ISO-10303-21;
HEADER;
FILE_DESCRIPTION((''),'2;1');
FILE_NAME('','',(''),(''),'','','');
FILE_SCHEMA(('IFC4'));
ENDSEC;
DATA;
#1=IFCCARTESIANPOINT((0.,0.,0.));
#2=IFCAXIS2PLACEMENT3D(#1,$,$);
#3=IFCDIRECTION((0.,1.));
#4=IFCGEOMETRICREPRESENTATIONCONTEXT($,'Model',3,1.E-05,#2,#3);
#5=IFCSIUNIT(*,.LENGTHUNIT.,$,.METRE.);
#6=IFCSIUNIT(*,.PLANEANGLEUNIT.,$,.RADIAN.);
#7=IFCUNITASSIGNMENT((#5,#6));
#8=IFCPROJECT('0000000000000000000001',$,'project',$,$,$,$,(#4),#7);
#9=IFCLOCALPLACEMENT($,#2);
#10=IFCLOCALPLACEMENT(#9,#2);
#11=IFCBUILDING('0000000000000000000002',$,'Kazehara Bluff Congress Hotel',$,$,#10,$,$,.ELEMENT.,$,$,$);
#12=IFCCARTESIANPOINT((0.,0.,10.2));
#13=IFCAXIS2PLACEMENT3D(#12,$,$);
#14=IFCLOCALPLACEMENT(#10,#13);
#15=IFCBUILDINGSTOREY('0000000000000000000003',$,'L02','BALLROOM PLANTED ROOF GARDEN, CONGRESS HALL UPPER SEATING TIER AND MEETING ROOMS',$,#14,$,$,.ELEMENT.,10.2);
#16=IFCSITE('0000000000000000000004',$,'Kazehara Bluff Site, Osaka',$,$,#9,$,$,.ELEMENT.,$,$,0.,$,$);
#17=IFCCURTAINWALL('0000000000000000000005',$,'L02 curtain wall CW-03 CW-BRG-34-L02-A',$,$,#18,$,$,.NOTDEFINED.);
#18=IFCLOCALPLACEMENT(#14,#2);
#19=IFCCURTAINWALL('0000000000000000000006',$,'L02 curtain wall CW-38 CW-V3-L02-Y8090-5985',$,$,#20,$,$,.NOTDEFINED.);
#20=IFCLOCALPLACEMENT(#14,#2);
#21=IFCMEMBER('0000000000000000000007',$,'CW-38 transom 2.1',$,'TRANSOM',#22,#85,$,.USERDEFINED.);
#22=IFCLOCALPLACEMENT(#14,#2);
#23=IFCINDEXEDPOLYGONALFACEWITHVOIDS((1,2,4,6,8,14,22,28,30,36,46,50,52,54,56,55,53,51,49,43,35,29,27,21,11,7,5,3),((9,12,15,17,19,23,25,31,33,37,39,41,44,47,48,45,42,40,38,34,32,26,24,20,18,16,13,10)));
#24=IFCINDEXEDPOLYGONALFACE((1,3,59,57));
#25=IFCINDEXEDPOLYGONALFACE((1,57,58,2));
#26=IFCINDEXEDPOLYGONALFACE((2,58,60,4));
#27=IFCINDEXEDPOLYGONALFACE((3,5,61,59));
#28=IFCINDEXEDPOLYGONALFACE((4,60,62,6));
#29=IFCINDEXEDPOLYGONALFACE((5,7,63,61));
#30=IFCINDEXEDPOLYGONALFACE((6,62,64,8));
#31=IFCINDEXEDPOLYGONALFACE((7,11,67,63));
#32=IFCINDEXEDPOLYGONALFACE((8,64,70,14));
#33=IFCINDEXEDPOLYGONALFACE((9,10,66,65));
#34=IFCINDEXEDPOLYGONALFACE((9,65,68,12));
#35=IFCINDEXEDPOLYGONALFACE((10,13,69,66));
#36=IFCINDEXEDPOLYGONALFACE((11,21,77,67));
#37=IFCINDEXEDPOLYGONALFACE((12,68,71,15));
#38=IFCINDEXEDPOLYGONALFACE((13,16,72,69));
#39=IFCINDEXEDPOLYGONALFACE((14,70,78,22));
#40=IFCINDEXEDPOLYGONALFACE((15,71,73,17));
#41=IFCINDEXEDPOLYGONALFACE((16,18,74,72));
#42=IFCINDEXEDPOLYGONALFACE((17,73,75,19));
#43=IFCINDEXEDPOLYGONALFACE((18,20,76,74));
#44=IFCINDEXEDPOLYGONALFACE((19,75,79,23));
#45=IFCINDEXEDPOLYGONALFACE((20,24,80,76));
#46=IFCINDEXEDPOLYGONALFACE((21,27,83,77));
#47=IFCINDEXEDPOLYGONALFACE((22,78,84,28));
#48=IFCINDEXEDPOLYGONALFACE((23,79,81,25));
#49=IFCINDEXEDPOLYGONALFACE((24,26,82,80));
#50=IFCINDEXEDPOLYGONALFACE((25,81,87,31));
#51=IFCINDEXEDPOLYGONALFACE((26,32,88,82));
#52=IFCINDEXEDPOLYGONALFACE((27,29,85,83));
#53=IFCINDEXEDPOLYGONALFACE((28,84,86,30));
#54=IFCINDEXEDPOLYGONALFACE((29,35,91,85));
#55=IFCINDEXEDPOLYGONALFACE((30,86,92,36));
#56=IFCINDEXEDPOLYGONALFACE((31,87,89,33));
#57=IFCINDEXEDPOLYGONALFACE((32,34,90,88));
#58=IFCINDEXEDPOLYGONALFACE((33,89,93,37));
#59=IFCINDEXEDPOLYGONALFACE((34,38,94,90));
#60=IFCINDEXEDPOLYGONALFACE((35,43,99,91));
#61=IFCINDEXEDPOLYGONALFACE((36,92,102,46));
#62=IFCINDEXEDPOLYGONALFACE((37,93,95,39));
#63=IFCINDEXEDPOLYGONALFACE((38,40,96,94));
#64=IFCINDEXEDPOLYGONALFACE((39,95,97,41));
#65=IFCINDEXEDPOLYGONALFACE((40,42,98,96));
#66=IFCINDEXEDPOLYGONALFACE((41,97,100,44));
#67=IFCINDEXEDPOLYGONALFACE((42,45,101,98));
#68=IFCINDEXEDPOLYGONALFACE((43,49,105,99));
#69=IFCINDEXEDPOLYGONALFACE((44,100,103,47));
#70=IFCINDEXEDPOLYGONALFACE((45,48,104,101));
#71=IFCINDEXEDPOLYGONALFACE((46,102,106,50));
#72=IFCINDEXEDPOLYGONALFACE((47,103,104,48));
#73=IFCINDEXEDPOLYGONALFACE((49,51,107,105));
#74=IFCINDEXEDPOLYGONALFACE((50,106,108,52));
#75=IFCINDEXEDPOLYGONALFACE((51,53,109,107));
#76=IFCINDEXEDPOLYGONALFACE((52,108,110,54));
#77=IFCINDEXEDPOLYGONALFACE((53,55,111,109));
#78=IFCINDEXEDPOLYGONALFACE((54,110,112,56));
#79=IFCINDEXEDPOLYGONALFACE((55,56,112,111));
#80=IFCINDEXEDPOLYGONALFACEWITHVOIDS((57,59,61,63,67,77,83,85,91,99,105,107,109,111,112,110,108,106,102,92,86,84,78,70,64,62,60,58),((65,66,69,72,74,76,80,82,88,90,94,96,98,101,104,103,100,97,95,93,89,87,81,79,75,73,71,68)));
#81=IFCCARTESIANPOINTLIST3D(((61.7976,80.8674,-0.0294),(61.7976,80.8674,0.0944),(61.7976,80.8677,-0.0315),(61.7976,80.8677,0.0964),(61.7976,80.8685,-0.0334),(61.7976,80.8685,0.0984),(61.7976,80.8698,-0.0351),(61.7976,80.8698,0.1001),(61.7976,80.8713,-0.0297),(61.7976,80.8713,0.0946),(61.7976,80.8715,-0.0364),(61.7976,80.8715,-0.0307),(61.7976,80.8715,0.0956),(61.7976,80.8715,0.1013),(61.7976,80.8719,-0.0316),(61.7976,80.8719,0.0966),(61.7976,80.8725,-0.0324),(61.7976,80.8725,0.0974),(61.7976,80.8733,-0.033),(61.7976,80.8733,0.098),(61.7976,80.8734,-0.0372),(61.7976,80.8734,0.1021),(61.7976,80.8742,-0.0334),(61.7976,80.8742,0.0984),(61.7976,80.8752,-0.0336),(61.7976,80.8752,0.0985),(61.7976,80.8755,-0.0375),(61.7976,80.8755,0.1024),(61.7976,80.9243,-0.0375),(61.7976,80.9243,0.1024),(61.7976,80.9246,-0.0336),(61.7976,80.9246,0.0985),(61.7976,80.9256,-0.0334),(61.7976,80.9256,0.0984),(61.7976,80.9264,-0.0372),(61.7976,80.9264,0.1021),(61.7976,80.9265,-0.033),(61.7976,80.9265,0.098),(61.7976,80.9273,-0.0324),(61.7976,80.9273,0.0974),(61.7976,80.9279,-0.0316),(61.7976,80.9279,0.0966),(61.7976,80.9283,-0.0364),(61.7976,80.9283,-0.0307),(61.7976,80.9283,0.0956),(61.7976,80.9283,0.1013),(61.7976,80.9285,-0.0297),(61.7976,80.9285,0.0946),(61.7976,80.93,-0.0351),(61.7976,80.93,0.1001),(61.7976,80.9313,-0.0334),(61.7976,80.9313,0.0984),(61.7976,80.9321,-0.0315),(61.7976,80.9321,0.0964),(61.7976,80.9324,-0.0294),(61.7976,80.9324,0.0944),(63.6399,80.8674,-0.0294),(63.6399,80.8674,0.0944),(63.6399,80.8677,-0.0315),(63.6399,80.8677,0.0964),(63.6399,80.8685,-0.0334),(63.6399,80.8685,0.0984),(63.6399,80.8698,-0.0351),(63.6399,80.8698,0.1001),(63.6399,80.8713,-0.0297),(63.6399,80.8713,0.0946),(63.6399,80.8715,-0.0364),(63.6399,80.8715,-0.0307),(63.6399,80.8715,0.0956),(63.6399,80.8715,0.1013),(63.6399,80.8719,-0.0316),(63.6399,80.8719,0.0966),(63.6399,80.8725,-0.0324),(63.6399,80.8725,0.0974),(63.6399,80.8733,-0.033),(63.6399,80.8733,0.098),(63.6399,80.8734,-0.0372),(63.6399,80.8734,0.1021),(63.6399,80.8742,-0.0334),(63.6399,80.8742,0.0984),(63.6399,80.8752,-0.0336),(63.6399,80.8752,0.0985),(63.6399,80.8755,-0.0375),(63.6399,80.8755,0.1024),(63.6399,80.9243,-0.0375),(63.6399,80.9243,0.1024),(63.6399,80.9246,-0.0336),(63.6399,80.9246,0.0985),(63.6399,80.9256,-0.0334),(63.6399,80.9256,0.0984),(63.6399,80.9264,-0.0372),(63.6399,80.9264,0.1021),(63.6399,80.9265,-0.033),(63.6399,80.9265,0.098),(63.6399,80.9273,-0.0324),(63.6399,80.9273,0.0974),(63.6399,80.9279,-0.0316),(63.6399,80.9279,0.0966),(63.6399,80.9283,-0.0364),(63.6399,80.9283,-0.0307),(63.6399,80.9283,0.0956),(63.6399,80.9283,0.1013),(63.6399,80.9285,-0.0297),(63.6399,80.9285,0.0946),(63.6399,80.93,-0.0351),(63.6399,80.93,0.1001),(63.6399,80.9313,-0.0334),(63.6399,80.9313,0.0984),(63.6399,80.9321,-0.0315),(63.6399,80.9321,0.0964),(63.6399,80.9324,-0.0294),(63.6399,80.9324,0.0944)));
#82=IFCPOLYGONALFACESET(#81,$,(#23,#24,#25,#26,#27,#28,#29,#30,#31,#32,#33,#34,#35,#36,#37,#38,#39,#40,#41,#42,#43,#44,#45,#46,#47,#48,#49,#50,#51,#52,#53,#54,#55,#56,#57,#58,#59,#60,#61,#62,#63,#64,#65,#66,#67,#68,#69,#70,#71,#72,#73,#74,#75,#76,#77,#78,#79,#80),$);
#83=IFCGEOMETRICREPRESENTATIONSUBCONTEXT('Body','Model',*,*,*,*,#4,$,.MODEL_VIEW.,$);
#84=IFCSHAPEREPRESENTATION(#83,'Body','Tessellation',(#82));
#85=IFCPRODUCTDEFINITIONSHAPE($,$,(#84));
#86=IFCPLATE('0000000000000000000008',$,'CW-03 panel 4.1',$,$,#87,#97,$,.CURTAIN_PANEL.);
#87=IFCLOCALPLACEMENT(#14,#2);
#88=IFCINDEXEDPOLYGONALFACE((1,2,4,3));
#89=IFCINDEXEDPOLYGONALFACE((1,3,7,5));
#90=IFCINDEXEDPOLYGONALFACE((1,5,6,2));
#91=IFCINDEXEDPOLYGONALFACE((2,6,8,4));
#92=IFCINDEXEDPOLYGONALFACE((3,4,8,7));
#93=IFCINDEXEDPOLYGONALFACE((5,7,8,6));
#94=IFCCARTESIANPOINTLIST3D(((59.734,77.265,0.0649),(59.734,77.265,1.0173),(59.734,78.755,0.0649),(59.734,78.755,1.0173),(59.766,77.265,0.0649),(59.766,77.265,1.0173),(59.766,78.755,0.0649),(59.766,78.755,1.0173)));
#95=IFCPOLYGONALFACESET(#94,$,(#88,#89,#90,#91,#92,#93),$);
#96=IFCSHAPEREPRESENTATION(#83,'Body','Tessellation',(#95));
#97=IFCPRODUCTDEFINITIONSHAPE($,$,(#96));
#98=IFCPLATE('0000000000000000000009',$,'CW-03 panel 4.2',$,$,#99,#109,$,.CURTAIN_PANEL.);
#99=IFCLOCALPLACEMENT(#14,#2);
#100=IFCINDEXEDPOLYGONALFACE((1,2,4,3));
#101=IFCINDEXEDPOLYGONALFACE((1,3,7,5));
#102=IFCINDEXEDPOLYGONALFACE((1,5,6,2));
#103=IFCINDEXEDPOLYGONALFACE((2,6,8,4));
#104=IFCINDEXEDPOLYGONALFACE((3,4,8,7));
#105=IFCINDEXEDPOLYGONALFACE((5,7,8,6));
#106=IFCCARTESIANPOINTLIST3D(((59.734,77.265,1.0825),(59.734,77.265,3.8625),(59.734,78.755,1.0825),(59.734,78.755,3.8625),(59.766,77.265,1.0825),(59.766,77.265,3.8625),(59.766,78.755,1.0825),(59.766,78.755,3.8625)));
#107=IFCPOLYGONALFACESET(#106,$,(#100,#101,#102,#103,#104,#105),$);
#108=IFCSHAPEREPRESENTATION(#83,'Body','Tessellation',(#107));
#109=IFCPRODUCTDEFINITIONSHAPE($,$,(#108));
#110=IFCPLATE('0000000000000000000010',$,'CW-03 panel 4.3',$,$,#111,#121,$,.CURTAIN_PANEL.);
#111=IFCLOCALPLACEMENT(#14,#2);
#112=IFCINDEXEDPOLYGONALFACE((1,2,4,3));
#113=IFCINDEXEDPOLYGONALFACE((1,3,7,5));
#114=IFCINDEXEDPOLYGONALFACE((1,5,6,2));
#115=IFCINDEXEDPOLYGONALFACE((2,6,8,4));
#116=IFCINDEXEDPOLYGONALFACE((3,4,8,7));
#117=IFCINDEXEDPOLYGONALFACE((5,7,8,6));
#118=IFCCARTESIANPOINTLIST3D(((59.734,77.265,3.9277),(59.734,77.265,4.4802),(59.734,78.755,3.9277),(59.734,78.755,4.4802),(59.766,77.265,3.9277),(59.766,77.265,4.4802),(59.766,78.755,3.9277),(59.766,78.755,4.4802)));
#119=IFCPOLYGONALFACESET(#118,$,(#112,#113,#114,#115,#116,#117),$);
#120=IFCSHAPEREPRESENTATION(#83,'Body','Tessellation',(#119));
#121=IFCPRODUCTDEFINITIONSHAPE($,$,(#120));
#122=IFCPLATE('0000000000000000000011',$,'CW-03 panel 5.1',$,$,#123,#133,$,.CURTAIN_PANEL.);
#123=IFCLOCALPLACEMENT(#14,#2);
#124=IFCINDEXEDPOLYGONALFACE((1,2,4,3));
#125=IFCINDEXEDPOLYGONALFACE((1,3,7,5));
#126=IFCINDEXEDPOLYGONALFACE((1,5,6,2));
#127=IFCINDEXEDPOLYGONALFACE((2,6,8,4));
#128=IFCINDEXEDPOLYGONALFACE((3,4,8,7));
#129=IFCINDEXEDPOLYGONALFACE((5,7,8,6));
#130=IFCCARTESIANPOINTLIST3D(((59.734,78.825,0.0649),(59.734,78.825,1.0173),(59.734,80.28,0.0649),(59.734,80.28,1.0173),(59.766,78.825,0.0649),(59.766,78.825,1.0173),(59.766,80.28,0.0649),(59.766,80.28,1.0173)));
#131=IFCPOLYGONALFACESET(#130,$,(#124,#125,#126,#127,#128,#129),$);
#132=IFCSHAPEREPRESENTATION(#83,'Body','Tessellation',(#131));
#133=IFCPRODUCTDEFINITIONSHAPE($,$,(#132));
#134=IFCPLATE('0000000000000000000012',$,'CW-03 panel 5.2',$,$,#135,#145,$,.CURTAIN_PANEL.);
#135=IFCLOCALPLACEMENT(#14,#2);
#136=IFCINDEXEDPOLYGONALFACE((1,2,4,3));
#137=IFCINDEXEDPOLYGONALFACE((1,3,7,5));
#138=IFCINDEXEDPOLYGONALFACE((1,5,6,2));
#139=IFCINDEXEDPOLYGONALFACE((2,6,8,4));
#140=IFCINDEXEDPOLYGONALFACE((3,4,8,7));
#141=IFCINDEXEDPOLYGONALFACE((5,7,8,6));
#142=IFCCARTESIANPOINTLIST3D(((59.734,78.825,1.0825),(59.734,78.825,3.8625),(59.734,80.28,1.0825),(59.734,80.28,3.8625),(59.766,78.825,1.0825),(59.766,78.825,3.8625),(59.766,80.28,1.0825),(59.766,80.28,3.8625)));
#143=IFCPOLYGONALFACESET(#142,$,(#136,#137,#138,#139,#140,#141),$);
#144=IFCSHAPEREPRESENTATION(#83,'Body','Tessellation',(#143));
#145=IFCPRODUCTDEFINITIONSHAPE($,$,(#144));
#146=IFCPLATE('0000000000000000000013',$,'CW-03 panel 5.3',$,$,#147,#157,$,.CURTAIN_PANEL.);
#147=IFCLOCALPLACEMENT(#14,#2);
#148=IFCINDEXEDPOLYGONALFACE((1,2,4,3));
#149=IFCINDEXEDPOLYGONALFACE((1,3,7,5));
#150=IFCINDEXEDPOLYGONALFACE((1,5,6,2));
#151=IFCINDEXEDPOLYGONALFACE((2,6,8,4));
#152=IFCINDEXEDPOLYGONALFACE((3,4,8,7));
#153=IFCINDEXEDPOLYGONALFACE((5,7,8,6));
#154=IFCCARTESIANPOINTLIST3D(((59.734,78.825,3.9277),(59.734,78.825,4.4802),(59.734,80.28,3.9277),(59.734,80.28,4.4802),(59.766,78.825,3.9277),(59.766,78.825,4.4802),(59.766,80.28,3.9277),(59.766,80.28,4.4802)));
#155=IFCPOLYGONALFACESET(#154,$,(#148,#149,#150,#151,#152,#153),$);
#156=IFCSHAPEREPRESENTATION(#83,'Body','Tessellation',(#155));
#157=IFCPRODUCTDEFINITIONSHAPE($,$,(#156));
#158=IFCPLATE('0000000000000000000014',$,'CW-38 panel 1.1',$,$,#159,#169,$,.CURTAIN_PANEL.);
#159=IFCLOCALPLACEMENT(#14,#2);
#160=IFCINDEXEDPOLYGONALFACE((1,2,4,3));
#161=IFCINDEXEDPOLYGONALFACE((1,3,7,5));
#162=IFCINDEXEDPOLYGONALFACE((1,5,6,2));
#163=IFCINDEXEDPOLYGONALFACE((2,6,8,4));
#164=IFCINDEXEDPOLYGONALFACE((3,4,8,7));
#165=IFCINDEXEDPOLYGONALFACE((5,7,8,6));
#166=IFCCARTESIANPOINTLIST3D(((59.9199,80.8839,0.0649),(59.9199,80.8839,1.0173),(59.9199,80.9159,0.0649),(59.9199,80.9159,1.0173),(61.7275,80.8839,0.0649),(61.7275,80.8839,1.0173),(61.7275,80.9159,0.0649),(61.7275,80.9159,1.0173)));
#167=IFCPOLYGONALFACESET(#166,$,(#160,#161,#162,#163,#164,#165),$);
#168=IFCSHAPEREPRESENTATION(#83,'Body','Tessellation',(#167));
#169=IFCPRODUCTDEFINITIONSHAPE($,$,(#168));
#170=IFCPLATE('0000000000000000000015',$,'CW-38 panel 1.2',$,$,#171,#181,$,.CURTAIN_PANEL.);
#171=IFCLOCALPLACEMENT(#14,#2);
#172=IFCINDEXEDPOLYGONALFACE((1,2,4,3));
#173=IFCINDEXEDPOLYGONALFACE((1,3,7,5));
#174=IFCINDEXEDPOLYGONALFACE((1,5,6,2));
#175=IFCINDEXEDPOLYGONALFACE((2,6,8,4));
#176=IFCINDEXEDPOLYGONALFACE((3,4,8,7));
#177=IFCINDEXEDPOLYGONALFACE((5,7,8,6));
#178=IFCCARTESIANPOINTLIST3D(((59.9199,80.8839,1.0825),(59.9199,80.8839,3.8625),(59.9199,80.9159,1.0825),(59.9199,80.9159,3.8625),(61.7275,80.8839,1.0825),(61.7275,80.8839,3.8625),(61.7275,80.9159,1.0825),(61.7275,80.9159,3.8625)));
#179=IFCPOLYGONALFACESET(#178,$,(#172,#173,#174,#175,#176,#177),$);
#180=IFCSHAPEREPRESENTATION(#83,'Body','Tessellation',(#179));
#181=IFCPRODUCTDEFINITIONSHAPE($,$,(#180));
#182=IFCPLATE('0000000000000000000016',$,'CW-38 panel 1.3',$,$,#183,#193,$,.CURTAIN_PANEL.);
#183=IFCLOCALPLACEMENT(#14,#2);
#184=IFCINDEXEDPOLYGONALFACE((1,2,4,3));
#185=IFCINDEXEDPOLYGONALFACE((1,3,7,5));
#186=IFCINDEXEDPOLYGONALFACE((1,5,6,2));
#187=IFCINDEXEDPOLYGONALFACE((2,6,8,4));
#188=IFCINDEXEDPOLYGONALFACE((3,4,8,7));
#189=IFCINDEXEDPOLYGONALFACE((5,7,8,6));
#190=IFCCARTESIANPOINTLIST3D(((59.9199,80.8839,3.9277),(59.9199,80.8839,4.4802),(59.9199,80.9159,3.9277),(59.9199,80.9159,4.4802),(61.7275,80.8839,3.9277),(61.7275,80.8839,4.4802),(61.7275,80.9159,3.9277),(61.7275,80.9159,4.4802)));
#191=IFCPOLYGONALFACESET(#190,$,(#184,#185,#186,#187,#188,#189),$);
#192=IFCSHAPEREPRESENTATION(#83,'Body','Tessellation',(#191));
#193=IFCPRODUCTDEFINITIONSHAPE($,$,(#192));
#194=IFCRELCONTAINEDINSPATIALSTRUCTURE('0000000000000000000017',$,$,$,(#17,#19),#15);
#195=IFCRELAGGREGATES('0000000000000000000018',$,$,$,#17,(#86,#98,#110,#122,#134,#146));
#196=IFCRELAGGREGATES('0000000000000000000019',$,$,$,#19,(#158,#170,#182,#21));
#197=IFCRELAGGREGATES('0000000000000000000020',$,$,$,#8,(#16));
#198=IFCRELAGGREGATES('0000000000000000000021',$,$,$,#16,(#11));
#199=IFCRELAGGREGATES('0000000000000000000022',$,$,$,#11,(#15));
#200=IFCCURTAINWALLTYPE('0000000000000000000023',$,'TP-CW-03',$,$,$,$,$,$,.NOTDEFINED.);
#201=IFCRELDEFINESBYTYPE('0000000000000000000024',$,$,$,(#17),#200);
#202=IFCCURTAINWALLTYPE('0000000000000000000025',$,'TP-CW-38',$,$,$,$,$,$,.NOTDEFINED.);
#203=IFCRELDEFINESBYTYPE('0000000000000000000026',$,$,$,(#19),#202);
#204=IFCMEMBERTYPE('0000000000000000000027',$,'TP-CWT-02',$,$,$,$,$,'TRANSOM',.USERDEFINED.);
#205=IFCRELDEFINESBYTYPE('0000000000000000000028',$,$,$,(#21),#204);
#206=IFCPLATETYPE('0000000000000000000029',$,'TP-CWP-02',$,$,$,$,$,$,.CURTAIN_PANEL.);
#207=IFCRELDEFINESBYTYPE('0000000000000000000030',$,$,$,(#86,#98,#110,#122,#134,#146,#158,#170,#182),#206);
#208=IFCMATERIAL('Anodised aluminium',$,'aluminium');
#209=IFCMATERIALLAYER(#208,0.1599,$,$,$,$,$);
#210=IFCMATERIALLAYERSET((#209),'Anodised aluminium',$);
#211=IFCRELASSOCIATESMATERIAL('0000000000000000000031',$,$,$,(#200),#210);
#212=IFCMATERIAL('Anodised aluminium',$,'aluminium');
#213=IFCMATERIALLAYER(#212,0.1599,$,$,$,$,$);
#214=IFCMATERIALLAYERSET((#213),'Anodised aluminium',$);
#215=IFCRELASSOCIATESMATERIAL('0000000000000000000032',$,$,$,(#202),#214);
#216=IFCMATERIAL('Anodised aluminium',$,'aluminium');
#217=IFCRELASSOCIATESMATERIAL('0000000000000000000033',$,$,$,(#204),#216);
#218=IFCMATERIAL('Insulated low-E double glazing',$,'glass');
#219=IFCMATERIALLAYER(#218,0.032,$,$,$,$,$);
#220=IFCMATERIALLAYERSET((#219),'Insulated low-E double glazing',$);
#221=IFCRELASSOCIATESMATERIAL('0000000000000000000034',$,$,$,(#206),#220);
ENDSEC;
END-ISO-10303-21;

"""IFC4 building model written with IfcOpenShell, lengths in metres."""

from ifc_helpers import new_model, si_unit, direction, frame, origin, origin_2d, place, context, subcontext, project, spatial, rectangle, hollow_rectangle, extrude, material, layer, layer_set, material_profile, profile_set, type_object, element, aggregate, save


model = new_model("IFC4")

# Units and contexts
model_context = context("Model", 3, precision=1e-05, world=origin(), true_north=direction((0.0, 1.0)))
body_context = subcontext(model_context, "Body", "Model", "MODEL_VIEW")
ifc_project = project(units=[si_unit("LENGTHUNIT", "METRE"), si_unit("PLANEANGLEUNIT", "RADIAN")], contexts=[model_context])

# Site, building, storey
site_placement = place(None, origin())
site = spatial("IfcSite", under=ifc_project, at=site_placement, Name="Kazehara Bluff Site, Osaka", CompositionType="ELEMENT", RefElevation=0.0)
building_placement = place(site_placement, origin())
building = spatial("IfcBuilding", under=site, at=building_placement, Name="Kazehara Bluff Congress Hotel", CompositionType="ELEMENT")
storey_placement = place(building_placement, frame((0.0, 0.0, 10.2)))
storey = spatial("IfcBuildingStorey", under=building, at=storey_placement, Name="L02", Description="BALLROOM PLANTED ROOF GARDEN, CONGRESS HALL UPPER SEATING TIER AND MEETING ROOMS", CompositionType="ELEMENT", Elevation=10.2)

# Curtain walls
ifc_material_1 = material(Name="Anodised aluminium", Category="aluminium")
ifc_layer_1 = layer(ifc_material_1, 0.1599)
ifc_layer_set_1 = layer_set([ifc_layer_1], Name="Anodised aluminium")
curtain_wall_type_1 = type_object("IfcCurtainWallType", Name="TP-CW-03", PredefinedType="NOTDEFINED", material=ifc_layer_set_1)
curtain_wall_1_placement = place(storey_placement, origin())
curtain_wall_1 = element("IfcCurtainWall", 1, at=curtain_wall_1_placement, inside=storey, type_object=curtain_wall_type_1, Name="L02 curtain wall CW-03 CW-BRG-34-L02-A", PredefinedType="NOTDEFINED")
ifc_material_2 = material(Name="Anodised aluminium", Category="aluminium")
ifc_layer_2 = layer(ifc_material_2, 0.1599)
ifc_layer_set_2 = layer_set([ifc_layer_2], Name="Anodised aluminium")
curtain_wall_type_2 = type_object("IfcCurtainWallType", Name="TP-CW-38", PredefinedType="NOTDEFINED", material=ifc_layer_set_2)
curtain_wall_2_placement = place(storey_placement, origin())
curtain_wall_2 = element("IfcCurtainWall", 2, at=curtain_wall_2_placement, inside=storey, type_object=curtain_wall_type_2, Name="L02 curtain wall CW-38 CW-V3-L02-Y8090-5985", PredefinedType="NOTDEFINED")

# Member
ifc_material_3 = material(Name="Anodised aluminium", Category="aluminium")
ifc_material_profile_1 = material_profile(ifc_material_3, hollow_rectangle(XDim=0.0649, YDim=0.1399, WallThickness=0.0039, InnerFilletRadius=0.0039, OuterFilletRadius=0.0081, at=origin_2d()))
ifc_profile_set_1 = profile_set([ifc_material_profile_1], Name="Anodised aluminium")
member_type_1 = type_object("IfcMemberType", Name="TP-CWT-02", ElementType="TRANSOM", PredefinedType="USERDEFINED", material=ifc_profile_set_1)
member_1_placement = place(storey_placement, frame((61.7976, 80.8999, 0.0325), z_axis=(1.0, 0.0, 0.0), x_axis=(0.0, 1.0, 0.0)))
member_1 = element("IfcMember", 3, at=member_1_placement, type_object=member_type_1, Name="CW-38 transom 2.1", ObjectType="TRANSOM", PredefinedType="USERDEFINED", context=body_context, shape_type="SweptSolid", body=[
    extrude(hollow_rectangle(XDim=0.0649, YDim=0.1399, WallThickness=0.0039, InnerFilletRadius=0.0039, OuterFilletRadius=0.0081, at=origin_2d()), origin(), (0.0, 0.0, 1.0), 1.8423),
])

# Plates
ifc_material_4 = material(Name="Insulated low-E double glazing", Category="glass")
ifc_layer_3 = layer(ifc_material_4, 0.032)
ifc_layer_set_3 = layer_set([ifc_layer_3], Name="Insulated low-E double glazing")
plate_type = type_object("IfcPlateType", Name="TP-CWP-02", PredefinedType="CURTAIN_PANEL", material=ifc_layer_set_3)
plate_1_placement = place(storey_placement, frame((59.75, 78.01, 0.0649), z_axis=(0.0, 0.0, 1.0), x_axis=(0.0, 1.0, 0.0)))
plate_1 = element("IfcPlate", 4, at=plate_1_placement, type_object=plate_type, Name="CW-03 panel 4.1", PredefinedType="CURTAIN_PANEL", context=body_context, shape_type="SweptSolid", body=[
    extrude(rectangle(XDim=1.49, YDim=0.032, at=origin_2d()), origin(), (0.0, 0.0, 1.0), 0.9524),
])
plate_2_placement = place(storey_placement, frame((59.75, 78.01, 1.0825), z_axis=(0.0, 0.0, 1.0), x_axis=(0.0, 1.0, 0.0)))
plate_2 = element("IfcPlate", 5, at=plate_2_placement, type_object=plate_type, Name="CW-03 panel 4.2", PredefinedType="CURTAIN_PANEL", context=body_context, shape_type="SweptSolid", body=[
    extrude(rectangle(XDim=1.49, YDim=0.032, at=origin_2d()), origin(), (0.0, 0.0, 1.0), 2.78),
])
plate_3_placement = place(storey_placement, frame((59.75, 78.01, 3.9277), z_axis=(0.0, 0.0, 1.0), x_axis=(0.0, 1.0, 0.0)))
plate_3 = element("IfcPlate", 6, at=plate_3_placement, type_object=plate_type, Name="CW-03 panel 4.3", PredefinedType="CURTAIN_PANEL", context=body_context, shape_type="SweptSolid", body=[
    extrude(rectangle(XDim=1.49, YDim=0.032, at=origin_2d()), origin(), (0.0, 0.0, 1.0), 0.5525),
])
plate_4_placement = place(storey_placement, frame((59.75, 79.5525, 0.0649), z_axis=(0.0, 0.0, 1.0), x_axis=(0.0, 1.0, 0.0)))
plate_4 = element("IfcPlate", 7, at=plate_4_placement, type_object=plate_type, Name="CW-03 panel 5.1", PredefinedType="CURTAIN_PANEL", context=body_context, shape_type="SweptSolid", body=[
    extrude(rectangle(XDim=1.4551, YDim=0.032, at=origin_2d()), origin(), (0.0, 0.0, 1.0), 0.9524),
])
plate_5_placement = place(storey_placement, frame((59.75, 79.5525, 1.0825), z_axis=(0.0, 0.0, 1.0), x_axis=(0.0, 1.0, 0.0)))
plate_5 = element("IfcPlate", 8, at=plate_5_placement, type_object=plate_type, Name="CW-03 panel 5.2", PredefinedType="CURTAIN_PANEL", context=body_context, shape_type="SweptSolid", body=[
    extrude(rectangle(XDim=1.4551, YDim=0.032, at=origin_2d()), origin(), (0.0, 0.0, 1.0), 2.78),
])
plate_6_placement = place(storey_placement, frame((59.75, 79.5525, 3.9277), z_axis=(0.0, 0.0, 1.0), x_axis=(0.0, 1.0, 0.0)))
plate_6 = element("IfcPlate", 9, at=plate_6_placement, type_object=plate_type, Name="CW-03 panel 5.3", PredefinedType="CURTAIN_PANEL", context=body_context, shape_type="SweptSolid", body=[
    extrude(rectangle(XDim=1.4551, YDim=0.032, at=origin_2d()), origin(), (0.0, 0.0, 1.0), 0.5525),
])
aggregate(curtain_wall_1, [plate_1, plate_2, plate_3, plate_4, plate_5, plate_6])
plate_7_placement = place(storey_placement, frame((60.8237, 80.8999, 0.0649), z_axis=(0.0, 0.0, 1.0), x_axis=(1.0, 0.0, 0.0)))
plate_7 = element("IfcPlate", 10, at=plate_7_placement, type_object=plate_type, Name="CW-38 panel 1.1", PredefinedType="CURTAIN_PANEL", context=body_context, shape_type="SweptSolid", body=[
    extrude(rectangle(XDim=1.8076, YDim=0.032, at=origin_2d()), origin(), (0.0, 0.0, 1.0), 0.9524),
])
plate_8_placement = place(storey_placement, frame((60.8237, 80.8999, 1.0825), z_axis=(0.0, 0.0, 1.0), x_axis=(1.0, 0.0, 0.0)))
plate_8 = element("IfcPlate", 11, at=plate_8_placement, type_object=plate_type, Name="CW-38 panel 1.2", PredefinedType="CURTAIN_PANEL", context=body_context, shape_type="SweptSolid", body=[
    extrude(rectangle(XDim=1.8076, YDim=0.032, at=origin_2d()), origin(), (0.0, 0.0, 1.0), 2.78),
])
plate_9_placement = place(storey_placement, frame((60.8237, 80.8999, 3.9277), z_axis=(0.0, 0.0, 1.0), x_axis=(1.0, 0.0, 0.0)))
plate_9 = element("IfcPlate", 12, at=plate_9_placement, type_object=plate_type, Name="CW-38 panel 1.3", PredefinedType="CURTAIN_PANEL", context=body_context, shape_type="SweptSolid", body=[
    extrude(rectangle(XDim=1.8076, YDim=0.032, at=origin_2d()), origin(), (0.0, 0.0, 1.0), 0.5525),
])
aggregate(curtain_wall_2, [plate_7, plate_8, plate_9, member_1])

save(model, "model.ifc")
